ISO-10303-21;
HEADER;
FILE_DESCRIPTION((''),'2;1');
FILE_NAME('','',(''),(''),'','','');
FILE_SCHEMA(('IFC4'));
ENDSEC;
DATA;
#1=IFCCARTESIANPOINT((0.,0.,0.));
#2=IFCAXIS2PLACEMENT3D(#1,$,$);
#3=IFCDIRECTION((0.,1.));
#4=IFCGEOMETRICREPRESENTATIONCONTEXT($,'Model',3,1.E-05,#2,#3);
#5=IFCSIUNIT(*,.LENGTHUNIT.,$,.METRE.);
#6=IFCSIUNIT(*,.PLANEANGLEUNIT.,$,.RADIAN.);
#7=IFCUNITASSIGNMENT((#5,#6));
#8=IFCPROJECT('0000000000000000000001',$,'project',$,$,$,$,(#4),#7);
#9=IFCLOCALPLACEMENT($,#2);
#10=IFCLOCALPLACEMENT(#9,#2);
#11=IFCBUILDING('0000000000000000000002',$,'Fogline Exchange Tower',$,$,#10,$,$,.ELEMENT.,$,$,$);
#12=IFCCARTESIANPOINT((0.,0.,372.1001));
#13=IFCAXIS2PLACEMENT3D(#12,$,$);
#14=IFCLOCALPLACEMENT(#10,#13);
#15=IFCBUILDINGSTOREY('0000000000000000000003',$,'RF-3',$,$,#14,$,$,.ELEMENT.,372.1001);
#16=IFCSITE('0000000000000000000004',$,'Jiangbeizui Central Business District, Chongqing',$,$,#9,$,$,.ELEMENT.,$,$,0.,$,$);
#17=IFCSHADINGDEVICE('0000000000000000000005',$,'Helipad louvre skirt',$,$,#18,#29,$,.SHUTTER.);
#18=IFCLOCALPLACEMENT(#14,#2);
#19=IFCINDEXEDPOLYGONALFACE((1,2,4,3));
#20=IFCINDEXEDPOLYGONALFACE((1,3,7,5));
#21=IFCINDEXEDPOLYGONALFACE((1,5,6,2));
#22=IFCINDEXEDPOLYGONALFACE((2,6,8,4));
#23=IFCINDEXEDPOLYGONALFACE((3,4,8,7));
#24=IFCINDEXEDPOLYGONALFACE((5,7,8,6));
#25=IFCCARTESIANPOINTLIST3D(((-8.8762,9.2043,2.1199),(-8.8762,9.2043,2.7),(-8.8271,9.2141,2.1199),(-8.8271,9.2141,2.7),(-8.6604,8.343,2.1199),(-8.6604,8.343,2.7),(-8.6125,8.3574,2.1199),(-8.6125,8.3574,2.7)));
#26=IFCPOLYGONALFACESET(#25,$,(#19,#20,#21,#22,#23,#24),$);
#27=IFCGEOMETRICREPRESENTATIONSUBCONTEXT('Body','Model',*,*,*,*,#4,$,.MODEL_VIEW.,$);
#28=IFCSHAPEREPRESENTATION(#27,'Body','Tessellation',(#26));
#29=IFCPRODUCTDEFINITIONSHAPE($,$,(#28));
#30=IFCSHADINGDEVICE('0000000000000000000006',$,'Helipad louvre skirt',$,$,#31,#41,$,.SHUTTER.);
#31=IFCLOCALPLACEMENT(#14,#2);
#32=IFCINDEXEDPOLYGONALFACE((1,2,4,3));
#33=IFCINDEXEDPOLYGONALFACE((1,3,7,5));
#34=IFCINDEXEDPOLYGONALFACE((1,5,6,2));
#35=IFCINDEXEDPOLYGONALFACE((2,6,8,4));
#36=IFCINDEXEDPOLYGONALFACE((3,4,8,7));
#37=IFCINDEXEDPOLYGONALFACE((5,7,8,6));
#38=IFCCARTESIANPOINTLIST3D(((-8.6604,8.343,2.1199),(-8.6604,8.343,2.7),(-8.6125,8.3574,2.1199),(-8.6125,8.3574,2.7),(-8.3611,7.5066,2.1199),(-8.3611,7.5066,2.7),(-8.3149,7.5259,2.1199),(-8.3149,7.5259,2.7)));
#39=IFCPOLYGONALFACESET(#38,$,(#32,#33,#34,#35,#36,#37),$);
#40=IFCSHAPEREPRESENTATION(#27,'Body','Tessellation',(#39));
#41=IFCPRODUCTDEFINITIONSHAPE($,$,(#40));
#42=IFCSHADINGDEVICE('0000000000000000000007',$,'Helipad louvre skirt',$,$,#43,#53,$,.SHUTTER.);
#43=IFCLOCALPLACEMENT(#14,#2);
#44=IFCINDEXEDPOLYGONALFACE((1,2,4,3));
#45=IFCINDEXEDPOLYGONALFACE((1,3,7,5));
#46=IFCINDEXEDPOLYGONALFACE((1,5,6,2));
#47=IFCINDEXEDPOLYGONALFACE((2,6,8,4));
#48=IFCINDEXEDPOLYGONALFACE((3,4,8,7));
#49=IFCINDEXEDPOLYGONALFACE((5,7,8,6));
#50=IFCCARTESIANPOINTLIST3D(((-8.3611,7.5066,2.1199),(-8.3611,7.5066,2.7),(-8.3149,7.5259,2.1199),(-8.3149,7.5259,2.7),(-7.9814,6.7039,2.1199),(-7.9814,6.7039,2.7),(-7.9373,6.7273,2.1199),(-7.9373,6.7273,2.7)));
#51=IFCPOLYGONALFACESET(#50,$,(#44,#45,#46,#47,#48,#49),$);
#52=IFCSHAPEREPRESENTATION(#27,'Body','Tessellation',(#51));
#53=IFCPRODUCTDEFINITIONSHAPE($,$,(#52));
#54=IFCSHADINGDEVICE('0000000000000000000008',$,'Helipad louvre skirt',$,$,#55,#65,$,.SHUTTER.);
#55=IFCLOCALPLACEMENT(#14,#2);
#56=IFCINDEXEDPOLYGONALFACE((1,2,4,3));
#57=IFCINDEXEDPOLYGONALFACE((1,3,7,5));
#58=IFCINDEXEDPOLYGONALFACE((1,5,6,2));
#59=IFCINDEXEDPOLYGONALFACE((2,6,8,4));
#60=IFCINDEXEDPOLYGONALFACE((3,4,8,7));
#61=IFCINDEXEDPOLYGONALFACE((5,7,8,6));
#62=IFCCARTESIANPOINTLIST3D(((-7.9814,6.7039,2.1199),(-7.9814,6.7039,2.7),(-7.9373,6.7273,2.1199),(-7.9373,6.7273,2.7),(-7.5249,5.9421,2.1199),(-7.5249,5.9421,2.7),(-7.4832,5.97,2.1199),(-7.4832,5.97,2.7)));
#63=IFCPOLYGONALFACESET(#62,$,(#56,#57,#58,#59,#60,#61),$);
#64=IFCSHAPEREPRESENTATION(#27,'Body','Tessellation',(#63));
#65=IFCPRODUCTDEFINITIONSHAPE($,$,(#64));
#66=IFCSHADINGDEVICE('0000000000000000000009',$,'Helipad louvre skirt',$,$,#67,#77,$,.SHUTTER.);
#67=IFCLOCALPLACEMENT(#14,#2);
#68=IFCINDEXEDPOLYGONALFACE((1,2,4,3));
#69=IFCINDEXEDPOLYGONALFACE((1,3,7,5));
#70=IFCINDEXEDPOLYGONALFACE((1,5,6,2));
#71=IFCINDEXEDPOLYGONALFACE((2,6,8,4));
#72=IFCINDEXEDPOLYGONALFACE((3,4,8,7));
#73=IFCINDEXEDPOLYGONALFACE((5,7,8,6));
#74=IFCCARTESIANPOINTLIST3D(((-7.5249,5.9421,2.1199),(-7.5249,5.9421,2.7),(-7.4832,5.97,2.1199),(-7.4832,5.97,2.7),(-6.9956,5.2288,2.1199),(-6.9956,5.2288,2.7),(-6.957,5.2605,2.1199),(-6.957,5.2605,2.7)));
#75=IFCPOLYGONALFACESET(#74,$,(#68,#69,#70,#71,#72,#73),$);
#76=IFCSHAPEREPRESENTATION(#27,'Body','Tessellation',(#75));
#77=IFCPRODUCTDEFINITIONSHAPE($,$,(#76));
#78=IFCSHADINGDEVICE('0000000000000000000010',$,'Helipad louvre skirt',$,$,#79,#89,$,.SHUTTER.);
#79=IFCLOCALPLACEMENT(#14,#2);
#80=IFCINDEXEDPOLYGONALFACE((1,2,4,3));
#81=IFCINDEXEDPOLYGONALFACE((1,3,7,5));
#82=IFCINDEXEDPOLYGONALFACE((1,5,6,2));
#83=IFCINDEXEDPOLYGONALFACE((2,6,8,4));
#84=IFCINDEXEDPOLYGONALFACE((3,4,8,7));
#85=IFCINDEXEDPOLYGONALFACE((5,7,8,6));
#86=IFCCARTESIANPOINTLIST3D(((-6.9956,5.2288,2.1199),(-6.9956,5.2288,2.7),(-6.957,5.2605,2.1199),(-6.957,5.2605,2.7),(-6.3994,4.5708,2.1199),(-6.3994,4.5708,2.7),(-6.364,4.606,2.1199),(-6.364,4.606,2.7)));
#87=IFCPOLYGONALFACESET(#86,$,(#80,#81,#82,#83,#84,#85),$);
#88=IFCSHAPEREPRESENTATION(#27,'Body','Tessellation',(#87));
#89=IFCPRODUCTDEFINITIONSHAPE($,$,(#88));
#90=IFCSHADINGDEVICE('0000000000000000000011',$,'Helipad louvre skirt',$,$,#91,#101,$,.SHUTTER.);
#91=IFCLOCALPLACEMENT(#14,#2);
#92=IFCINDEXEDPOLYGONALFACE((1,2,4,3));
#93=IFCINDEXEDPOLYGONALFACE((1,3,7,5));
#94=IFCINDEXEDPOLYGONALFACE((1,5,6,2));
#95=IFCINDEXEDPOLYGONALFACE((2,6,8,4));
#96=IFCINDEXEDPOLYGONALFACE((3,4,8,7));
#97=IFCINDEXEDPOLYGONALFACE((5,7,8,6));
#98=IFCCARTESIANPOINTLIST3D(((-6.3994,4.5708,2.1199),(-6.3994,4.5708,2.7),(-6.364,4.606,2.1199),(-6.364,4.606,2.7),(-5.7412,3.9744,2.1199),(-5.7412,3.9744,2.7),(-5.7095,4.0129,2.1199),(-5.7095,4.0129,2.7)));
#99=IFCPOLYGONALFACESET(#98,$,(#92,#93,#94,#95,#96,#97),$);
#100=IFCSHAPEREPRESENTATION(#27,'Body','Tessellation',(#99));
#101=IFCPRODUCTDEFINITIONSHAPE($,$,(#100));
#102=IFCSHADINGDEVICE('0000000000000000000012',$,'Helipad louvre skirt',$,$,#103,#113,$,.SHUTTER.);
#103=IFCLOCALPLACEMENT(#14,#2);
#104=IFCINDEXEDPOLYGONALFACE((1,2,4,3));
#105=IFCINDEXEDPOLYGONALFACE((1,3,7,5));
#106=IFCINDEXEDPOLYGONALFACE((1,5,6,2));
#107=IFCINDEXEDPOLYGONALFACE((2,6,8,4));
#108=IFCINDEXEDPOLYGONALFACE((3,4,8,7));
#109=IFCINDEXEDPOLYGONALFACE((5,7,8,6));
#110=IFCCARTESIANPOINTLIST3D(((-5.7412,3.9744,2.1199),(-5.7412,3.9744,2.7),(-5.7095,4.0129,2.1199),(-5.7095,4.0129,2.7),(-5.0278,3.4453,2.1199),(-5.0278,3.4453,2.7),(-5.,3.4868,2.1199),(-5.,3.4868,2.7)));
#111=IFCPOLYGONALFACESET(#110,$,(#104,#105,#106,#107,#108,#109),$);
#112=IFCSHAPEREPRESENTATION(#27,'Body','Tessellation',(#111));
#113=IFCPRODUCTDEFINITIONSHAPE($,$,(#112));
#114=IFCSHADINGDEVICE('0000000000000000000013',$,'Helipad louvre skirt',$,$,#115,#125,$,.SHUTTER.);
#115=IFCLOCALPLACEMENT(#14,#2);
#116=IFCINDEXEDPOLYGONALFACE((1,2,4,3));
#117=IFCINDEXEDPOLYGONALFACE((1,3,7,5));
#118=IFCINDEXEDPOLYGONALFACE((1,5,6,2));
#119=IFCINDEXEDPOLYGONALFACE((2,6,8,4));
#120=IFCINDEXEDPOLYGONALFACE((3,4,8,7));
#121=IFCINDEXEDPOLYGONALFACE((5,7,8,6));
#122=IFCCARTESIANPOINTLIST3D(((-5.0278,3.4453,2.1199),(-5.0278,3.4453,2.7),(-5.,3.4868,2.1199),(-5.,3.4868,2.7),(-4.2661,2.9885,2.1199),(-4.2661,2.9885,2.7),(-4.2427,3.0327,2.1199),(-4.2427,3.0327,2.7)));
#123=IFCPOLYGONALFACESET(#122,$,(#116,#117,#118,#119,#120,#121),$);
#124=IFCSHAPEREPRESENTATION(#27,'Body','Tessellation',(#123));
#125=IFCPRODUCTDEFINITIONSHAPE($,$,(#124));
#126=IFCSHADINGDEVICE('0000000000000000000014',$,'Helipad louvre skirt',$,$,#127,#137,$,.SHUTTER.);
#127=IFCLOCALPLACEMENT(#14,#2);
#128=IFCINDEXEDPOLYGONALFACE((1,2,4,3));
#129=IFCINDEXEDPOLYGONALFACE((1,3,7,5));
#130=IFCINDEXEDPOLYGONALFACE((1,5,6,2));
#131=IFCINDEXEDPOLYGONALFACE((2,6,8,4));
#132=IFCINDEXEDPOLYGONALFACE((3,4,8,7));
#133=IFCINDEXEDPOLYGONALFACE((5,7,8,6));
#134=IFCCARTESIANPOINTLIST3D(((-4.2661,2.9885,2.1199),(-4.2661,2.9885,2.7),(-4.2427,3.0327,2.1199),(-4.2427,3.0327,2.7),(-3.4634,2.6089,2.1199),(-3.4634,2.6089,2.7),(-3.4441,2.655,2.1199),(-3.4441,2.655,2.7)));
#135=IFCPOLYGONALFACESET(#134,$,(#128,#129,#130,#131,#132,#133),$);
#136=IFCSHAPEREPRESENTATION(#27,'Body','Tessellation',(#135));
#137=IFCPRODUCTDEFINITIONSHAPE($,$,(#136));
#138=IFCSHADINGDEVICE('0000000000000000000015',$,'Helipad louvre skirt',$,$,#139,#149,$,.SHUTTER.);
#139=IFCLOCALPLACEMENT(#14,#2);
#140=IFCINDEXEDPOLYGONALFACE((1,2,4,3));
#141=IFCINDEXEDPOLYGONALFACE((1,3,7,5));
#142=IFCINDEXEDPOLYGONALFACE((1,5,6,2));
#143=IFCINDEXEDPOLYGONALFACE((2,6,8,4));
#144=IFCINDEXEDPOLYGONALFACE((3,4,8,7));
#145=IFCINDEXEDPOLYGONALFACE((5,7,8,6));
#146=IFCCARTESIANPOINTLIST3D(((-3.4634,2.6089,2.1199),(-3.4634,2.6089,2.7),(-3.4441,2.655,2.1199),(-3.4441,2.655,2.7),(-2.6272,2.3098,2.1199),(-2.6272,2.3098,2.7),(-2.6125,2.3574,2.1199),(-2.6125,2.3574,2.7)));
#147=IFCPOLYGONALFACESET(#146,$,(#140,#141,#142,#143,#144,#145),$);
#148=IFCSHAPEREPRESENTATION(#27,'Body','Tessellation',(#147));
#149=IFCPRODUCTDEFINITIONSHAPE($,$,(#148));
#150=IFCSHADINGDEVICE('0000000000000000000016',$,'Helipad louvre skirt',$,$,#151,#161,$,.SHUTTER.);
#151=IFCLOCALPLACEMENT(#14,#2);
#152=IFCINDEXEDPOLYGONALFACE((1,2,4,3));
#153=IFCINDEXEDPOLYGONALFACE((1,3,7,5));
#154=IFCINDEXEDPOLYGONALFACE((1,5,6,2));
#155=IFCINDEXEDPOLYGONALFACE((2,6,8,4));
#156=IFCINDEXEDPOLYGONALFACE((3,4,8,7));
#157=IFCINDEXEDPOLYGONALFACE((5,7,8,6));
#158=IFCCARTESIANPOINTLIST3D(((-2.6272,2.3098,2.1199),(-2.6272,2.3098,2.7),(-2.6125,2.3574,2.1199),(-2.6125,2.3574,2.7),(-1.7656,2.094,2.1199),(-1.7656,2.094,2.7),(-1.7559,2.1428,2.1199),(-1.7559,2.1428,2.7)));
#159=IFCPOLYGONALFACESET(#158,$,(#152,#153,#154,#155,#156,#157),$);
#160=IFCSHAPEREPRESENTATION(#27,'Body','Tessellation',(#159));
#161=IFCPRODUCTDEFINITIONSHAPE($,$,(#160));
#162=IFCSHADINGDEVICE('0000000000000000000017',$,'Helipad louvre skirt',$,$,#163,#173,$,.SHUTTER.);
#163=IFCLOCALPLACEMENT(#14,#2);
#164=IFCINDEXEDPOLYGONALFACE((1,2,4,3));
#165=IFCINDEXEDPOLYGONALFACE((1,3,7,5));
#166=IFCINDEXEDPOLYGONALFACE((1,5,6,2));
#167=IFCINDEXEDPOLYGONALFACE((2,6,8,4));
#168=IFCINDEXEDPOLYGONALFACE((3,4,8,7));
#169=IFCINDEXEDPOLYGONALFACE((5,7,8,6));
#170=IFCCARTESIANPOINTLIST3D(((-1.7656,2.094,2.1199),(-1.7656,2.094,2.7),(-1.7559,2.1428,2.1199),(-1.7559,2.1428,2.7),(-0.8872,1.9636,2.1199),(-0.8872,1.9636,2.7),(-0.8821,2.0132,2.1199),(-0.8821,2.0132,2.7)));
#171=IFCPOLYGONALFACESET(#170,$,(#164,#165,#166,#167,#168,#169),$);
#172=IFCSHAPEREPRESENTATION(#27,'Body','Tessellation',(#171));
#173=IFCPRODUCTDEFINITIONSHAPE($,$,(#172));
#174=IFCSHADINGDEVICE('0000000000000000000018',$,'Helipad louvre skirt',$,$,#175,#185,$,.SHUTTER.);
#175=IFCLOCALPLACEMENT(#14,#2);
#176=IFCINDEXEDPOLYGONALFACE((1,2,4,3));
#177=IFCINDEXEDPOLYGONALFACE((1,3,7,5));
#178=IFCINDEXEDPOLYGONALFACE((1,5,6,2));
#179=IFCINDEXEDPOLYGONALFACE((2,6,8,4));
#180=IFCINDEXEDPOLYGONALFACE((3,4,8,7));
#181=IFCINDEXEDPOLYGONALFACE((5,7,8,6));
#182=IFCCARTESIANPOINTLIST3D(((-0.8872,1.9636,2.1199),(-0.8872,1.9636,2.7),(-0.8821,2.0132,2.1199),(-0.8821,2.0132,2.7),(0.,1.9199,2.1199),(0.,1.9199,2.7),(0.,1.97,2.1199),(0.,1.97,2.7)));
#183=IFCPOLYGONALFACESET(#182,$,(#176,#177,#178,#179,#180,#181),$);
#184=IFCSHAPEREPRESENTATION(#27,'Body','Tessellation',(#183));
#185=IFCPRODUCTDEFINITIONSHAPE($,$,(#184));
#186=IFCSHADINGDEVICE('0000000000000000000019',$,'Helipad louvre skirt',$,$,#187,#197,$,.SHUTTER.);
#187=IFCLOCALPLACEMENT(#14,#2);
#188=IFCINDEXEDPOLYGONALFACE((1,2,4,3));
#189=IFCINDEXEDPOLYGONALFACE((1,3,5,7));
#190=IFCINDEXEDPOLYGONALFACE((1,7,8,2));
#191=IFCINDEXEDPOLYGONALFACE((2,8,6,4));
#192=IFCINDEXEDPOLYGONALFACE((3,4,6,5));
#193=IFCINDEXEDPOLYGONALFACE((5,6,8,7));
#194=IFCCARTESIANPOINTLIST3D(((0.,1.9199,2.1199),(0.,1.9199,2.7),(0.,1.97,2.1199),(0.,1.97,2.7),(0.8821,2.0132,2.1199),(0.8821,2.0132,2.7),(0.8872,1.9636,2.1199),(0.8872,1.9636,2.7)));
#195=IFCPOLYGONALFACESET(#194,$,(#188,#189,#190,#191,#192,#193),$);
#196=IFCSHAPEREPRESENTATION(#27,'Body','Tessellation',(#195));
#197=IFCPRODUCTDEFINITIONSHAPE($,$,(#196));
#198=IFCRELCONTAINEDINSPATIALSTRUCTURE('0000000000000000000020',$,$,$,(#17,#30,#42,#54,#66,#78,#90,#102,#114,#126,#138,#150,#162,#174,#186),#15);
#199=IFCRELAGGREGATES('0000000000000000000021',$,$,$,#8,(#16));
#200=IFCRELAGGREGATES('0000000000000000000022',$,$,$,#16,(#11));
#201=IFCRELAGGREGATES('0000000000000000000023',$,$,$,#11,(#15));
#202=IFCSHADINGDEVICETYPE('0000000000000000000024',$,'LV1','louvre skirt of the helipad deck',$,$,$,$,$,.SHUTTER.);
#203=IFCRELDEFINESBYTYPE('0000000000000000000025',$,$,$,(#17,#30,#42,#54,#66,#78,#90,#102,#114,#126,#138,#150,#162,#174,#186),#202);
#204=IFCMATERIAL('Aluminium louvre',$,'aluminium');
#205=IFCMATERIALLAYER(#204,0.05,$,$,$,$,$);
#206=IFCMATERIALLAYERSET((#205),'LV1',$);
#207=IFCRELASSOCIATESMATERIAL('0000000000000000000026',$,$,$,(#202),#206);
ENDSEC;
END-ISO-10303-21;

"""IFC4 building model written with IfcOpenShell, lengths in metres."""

from ifc_helpers import new_model, si_unit, direction, frame, origin, place, context, subcontext, project, spatial, polyline, outline, extrude, material, layer, layer_set, type_object, element, save


model = new_model("IFC4")

# Units and contexts
model_context = context("Model", 3, precision=1e-05, world=origin(), true_north=direction((0.0, 1.0)))
body_context = subcontext(model_context, "Body", "Model", "MODEL_VIEW")
ifc_project = project(units=[si_unit("LENGTHUNIT", "METRE"), si_unit("PLANEANGLEUNIT", "RADIAN")], contexts=[model_context])

# Site, building, storey
site_placement = place(None, origin())
site = spatial("IfcSite", under=ifc_project, at=site_placement, Name="Jiangbeizui Central Business District, Chongqing", CompositionType="ELEMENT", RefElevation=0.0)
building_placement = place(site_placement, origin())
building = spatial("IfcBuilding", under=site, at=building_placement, Name="Fogline Exchange Tower", CompositionType="ELEMENT")
storey_placement = place(building_placement, frame((0.0, 0.0, 372.1001)))
storey = spatial("IfcBuildingStorey", under=building, at=storey_placement, Name="RF-3", CompositionType="ELEMENT", Elevation=372.1001)

# Shading devices
ifc_material_1 = material(Name="Aluminium louvre", Category="aluminium")
ifc_layer_1 = layer(ifc_material_1, 0.05)
ifc_layer_set_1 = layer_set([ifc_layer_1], Name="LV1")
shading_device_type = type_object("IfcShadingDeviceType", Name="LV1", Description="louvre skirt of the helipad deck", PredefinedType="SHUTTER", material=ifc_layer_set_1)
shading_device_1_placement = place(storey_placement, frame((0.0, 0.0, 2.1199)))
element("IfcShadingDevice", 1, at=shading_device_1_placement, inside=storey, type_object=shading_device_type, Name="Helipad louvre skirt", PredefinedType="SHUTTER", context=body_context, shape_type="SweptSolid", body=[
    extrude(outline(polyline([(-8.8271, 9.2141), (-8.8762, 9.2043), (-8.6604, 8.343), (-8.6125, 8.3574), (-8.8271, 9.2141)])), origin(), (0.0, 0.0, 1.0), 0.5801),
])
shading_device_2_placement = place(storey_placement, frame((0.0, 0.0, 2.1199)))
element("IfcShadingDevice", 2, at=shading_device_2_placement, inside=storey, type_object=shading_device_type, Name="Helipad louvre skirt", PredefinedType="SHUTTER", context=body_context, shape_type="SweptSolid", body=[
    extrude(outline(polyline([(-8.6125, 8.3574), (-8.6604, 8.343), (-8.3611, 7.5066), (-8.3149, 7.5259), (-8.6125, 8.3574)])), origin(), (0.0, 0.0, 1.0), 0.5801),
])
shading_device_3_placement = place(storey_placement, frame((0.0, 0.0, 2.1199)))
element("IfcShadingDevice", 3, at=shading_device_3_placement, inside=storey, type_object=shading_device_type, Name="Helipad louvre skirt", PredefinedType="SHUTTER", context=body_context, shape_type="SweptSolid", body=[
    extrude(outline(polyline([(-8.3149, 7.5259), (-8.3611, 7.5066), (-7.9814, 6.7039), (-7.9373, 6.7273), (-8.3149, 7.5259)])), origin(), (0.0, 0.0, 1.0), 0.5801),
])
shading_device_4_placement = place(storey_placement, frame((0.0, 0.0, 2.1199)))
element("IfcShadingDevice", 4, at=shading_device_4_placement, inside=storey, type_object=shading_device_type, Name="Helipad louvre skirt", PredefinedType="SHUTTER", context=body_context, shape_type="SweptSolid", body=[
    extrude(outline(polyline([(-7.9373, 6.7273), (-7.9814, 6.7039), (-7.5249, 5.9421), (-7.4832, 5.97), (-7.9373, 6.7273)])), origin(), (0.0, 0.0, 1.0), 0.5801),
])
shading_device_5_placement = place(storey_placement, frame((0.0, 0.0, 2.1199)))
element("IfcShadingDevice", 5, at=shading_device_5_placement, inside=storey, type_object=shading_device_type, Name="Helipad louvre skirt", PredefinedType="SHUTTER", context=body_context, shape_type="SweptSolid", body=[
    extrude(outline(polyline([(-7.4832, 5.97), (-7.5249, 5.9421), (-6.9956, 5.2288), (-6.957, 5.2605), (-7.4832, 5.97)])), origin(), (0.0, 0.0, 1.0), 0.5801),
])
shading_device_6_placement = place(storey_placement, frame((0.0, 0.0, 2.1199)))
element("IfcShadingDevice", 6, at=shading_device_6_placement, inside=storey, type_object=shading_device_type, Name="Helipad louvre skirt", PredefinedType="SHUTTER", context=body_context, shape_type="SweptSolid", body=[
    extrude(outline(polyline([(-6.957, 5.2605), (-6.9956, 5.2288), (-6.3994, 4.5708), (-6.364, 4.606), (-6.957, 5.2605)])), origin(), (0.0, 0.0, 1.0), 0.5801),
])
shading_device_7_placement = place(storey_placement, frame((0.0, 0.0, 2.1199)))
element("IfcShadingDevice", 7, at=shading_device_7_placement, inside=storey, type_object=shading_device_type, Name="Helipad louvre skirt", PredefinedType="SHUTTER", context=body_context, shape_type="SweptSolid", body=[
    extrude(outline(polyline([(-6.364, 4.606), (-6.3994, 4.5708), (-5.7412, 3.9744), (-5.7095, 4.0129), (-6.364, 4.606)])), origin(), (0.0, 0.0, 1.0), 0.5801),
])
shading_device_8_placement = place(storey_placement, frame((0.0, 0.0, 2.1199)))
element("IfcShadingDevice", 8, at=shading_device_8_placement, inside=storey, type_object=shading_device_type, Name="Helipad louvre skirt", PredefinedType="SHUTTER", context=body_context, shape_type="SweptSolid", body=[
    extrude(outline(polyline([(-5.7095, 4.0129), (-5.7412, 3.9744), (-5.0278, 3.4453), (-5.0, 3.4868), (-5.7095, 4.0129)])), origin(), (0.0, 0.0, 1.0), 0.5801),
])
shading_device_9_placement = place(storey_placement, frame((0.0, 0.0, 2.1199)))
element("IfcShadingDevice", 9, at=shading_device_9_placement, inside=storey, type_object=shading_device_type, Name="Helipad louvre skirt", PredefinedType="SHUTTER", context=body_context, shape_type="SweptSolid", body=[
    extrude(outline(polyline([(-5.0, 3.4868), (-5.0278, 3.4453), (-4.2661, 2.9885), (-4.2427, 3.0327), (-5.0, 3.4868)])), origin(), (0.0, 0.0, 1.0), 0.5801),
])
shading_device_10_placement = place(storey_placement, frame((0.0, 0.0, 2.1199)))
element("IfcShadingDevice", 10, at=shading_device_10_placement, inside=storey, type_object=shading_device_type, Name="Helipad louvre skirt", PredefinedType="SHUTTER", context=body_context, shape_type="SweptSolid", body=[
    extrude(outline(polyline([(-4.2427, 3.0327), (-4.2661, 2.9885), (-3.4634, 2.6089), (-3.4441, 2.655), (-4.2427, 3.0327)])), origin(), (0.0, 0.0, 1.0), 0.5801),
])
shading_device_11_placement = place(storey_placement, frame((0.0, 0.0, 2.1199)))
element("IfcShadingDevice", 11, at=shading_device_11_placement, inside=storey, type_object=shading_device_type, Name="Helipad louvre skirt", PredefinedType="SHUTTER", context=body_context, shape_type="SweptSolid", body=[
    extrude(outline(polyline([(-3.4441, 2.655), (-3.4634, 2.6089), (-2.6272, 2.3098), (-2.6125, 2.3574), (-3.4441, 2.655)])), origin(), (0.0, 0.0, 1.0), 0.5801),
])
shading_device_12_placement = place(storey_placement, frame((0.0, 0.0, 2.1199)))
element("IfcShadingDevice", 12, at=shading_device_12_placement, inside=storey, type_object=shading_device_type, Name="Helipad louvre skirt", PredefinedType="SHUTTER", context=body_context, shape_type="SweptSolid", body=[
    extrude(outline(polyline([(-2.6125, 2.3574), (-2.6272, 2.3098), (-1.7656, 2.094), (-1.7559, 2.1428), (-2.6125, 2.3574)])), origin(), (0.0, 0.0, 1.0), 0.5801),
])
shading_device_13_placement = place(storey_placement, frame((0.0, 0.0, 2.1199)))
element("IfcShadingDevice", 13, at=shading_device_13_placement, inside=storey, type_object=shading_device_type, Name="Helipad louvre skirt", PredefinedType="SHUTTER", context=body_context, shape_type="SweptSolid", body=[
    extrude(outline(polyline([(-1.7559, 2.1428), (-1.7656, 2.094), (-0.8872, 1.9636), (-0.8821, 2.0132), (-1.7559, 2.1428)])), origin(), (0.0, 0.0, 1.0), 0.5801),
])
shading_device_14_placement = place(storey_placement, frame((0.0, 0.0, 2.1199)))
element("IfcShadingDevice", 14, at=shading_device_14_placement, inside=storey, type_object=shading_device_type, Name="Helipad louvre skirt", PredefinedType="SHUTTER", context=body_context, shape_type="SweptSolid", body=[
    extrude(outline(polyline([(-0.8821, 2.0132), (-0.8872, 1.9636), (0.0, 1.9199), (0.0, 1.97), (-0.8821, 2.0132)])), origin(), (0.0, 0.0, 1.0), 0.5801),
])
shading_device_15_placement = place(storey_placement, frame((0.0, 0.0, 2.1199)))
element("IfcShadingDevice", 15, at=shading_device_15_placement, inside=storey, type_object=shading_device_type, Name="Helipad louvre skirt", PredefinedType="SHUTTER", context=body_context, shape_type="SweptSolid", body=[
    extrude(outline(polyline([(0.0, 1.97), (0.0, 1.9199), (0.8872, 1.9636), (0.8821, 2.0132), (0.0, 1.97)])), origin(), (0.0, 0.0, 1.0), 0.5801),
])

save(model, "model.ifc")
